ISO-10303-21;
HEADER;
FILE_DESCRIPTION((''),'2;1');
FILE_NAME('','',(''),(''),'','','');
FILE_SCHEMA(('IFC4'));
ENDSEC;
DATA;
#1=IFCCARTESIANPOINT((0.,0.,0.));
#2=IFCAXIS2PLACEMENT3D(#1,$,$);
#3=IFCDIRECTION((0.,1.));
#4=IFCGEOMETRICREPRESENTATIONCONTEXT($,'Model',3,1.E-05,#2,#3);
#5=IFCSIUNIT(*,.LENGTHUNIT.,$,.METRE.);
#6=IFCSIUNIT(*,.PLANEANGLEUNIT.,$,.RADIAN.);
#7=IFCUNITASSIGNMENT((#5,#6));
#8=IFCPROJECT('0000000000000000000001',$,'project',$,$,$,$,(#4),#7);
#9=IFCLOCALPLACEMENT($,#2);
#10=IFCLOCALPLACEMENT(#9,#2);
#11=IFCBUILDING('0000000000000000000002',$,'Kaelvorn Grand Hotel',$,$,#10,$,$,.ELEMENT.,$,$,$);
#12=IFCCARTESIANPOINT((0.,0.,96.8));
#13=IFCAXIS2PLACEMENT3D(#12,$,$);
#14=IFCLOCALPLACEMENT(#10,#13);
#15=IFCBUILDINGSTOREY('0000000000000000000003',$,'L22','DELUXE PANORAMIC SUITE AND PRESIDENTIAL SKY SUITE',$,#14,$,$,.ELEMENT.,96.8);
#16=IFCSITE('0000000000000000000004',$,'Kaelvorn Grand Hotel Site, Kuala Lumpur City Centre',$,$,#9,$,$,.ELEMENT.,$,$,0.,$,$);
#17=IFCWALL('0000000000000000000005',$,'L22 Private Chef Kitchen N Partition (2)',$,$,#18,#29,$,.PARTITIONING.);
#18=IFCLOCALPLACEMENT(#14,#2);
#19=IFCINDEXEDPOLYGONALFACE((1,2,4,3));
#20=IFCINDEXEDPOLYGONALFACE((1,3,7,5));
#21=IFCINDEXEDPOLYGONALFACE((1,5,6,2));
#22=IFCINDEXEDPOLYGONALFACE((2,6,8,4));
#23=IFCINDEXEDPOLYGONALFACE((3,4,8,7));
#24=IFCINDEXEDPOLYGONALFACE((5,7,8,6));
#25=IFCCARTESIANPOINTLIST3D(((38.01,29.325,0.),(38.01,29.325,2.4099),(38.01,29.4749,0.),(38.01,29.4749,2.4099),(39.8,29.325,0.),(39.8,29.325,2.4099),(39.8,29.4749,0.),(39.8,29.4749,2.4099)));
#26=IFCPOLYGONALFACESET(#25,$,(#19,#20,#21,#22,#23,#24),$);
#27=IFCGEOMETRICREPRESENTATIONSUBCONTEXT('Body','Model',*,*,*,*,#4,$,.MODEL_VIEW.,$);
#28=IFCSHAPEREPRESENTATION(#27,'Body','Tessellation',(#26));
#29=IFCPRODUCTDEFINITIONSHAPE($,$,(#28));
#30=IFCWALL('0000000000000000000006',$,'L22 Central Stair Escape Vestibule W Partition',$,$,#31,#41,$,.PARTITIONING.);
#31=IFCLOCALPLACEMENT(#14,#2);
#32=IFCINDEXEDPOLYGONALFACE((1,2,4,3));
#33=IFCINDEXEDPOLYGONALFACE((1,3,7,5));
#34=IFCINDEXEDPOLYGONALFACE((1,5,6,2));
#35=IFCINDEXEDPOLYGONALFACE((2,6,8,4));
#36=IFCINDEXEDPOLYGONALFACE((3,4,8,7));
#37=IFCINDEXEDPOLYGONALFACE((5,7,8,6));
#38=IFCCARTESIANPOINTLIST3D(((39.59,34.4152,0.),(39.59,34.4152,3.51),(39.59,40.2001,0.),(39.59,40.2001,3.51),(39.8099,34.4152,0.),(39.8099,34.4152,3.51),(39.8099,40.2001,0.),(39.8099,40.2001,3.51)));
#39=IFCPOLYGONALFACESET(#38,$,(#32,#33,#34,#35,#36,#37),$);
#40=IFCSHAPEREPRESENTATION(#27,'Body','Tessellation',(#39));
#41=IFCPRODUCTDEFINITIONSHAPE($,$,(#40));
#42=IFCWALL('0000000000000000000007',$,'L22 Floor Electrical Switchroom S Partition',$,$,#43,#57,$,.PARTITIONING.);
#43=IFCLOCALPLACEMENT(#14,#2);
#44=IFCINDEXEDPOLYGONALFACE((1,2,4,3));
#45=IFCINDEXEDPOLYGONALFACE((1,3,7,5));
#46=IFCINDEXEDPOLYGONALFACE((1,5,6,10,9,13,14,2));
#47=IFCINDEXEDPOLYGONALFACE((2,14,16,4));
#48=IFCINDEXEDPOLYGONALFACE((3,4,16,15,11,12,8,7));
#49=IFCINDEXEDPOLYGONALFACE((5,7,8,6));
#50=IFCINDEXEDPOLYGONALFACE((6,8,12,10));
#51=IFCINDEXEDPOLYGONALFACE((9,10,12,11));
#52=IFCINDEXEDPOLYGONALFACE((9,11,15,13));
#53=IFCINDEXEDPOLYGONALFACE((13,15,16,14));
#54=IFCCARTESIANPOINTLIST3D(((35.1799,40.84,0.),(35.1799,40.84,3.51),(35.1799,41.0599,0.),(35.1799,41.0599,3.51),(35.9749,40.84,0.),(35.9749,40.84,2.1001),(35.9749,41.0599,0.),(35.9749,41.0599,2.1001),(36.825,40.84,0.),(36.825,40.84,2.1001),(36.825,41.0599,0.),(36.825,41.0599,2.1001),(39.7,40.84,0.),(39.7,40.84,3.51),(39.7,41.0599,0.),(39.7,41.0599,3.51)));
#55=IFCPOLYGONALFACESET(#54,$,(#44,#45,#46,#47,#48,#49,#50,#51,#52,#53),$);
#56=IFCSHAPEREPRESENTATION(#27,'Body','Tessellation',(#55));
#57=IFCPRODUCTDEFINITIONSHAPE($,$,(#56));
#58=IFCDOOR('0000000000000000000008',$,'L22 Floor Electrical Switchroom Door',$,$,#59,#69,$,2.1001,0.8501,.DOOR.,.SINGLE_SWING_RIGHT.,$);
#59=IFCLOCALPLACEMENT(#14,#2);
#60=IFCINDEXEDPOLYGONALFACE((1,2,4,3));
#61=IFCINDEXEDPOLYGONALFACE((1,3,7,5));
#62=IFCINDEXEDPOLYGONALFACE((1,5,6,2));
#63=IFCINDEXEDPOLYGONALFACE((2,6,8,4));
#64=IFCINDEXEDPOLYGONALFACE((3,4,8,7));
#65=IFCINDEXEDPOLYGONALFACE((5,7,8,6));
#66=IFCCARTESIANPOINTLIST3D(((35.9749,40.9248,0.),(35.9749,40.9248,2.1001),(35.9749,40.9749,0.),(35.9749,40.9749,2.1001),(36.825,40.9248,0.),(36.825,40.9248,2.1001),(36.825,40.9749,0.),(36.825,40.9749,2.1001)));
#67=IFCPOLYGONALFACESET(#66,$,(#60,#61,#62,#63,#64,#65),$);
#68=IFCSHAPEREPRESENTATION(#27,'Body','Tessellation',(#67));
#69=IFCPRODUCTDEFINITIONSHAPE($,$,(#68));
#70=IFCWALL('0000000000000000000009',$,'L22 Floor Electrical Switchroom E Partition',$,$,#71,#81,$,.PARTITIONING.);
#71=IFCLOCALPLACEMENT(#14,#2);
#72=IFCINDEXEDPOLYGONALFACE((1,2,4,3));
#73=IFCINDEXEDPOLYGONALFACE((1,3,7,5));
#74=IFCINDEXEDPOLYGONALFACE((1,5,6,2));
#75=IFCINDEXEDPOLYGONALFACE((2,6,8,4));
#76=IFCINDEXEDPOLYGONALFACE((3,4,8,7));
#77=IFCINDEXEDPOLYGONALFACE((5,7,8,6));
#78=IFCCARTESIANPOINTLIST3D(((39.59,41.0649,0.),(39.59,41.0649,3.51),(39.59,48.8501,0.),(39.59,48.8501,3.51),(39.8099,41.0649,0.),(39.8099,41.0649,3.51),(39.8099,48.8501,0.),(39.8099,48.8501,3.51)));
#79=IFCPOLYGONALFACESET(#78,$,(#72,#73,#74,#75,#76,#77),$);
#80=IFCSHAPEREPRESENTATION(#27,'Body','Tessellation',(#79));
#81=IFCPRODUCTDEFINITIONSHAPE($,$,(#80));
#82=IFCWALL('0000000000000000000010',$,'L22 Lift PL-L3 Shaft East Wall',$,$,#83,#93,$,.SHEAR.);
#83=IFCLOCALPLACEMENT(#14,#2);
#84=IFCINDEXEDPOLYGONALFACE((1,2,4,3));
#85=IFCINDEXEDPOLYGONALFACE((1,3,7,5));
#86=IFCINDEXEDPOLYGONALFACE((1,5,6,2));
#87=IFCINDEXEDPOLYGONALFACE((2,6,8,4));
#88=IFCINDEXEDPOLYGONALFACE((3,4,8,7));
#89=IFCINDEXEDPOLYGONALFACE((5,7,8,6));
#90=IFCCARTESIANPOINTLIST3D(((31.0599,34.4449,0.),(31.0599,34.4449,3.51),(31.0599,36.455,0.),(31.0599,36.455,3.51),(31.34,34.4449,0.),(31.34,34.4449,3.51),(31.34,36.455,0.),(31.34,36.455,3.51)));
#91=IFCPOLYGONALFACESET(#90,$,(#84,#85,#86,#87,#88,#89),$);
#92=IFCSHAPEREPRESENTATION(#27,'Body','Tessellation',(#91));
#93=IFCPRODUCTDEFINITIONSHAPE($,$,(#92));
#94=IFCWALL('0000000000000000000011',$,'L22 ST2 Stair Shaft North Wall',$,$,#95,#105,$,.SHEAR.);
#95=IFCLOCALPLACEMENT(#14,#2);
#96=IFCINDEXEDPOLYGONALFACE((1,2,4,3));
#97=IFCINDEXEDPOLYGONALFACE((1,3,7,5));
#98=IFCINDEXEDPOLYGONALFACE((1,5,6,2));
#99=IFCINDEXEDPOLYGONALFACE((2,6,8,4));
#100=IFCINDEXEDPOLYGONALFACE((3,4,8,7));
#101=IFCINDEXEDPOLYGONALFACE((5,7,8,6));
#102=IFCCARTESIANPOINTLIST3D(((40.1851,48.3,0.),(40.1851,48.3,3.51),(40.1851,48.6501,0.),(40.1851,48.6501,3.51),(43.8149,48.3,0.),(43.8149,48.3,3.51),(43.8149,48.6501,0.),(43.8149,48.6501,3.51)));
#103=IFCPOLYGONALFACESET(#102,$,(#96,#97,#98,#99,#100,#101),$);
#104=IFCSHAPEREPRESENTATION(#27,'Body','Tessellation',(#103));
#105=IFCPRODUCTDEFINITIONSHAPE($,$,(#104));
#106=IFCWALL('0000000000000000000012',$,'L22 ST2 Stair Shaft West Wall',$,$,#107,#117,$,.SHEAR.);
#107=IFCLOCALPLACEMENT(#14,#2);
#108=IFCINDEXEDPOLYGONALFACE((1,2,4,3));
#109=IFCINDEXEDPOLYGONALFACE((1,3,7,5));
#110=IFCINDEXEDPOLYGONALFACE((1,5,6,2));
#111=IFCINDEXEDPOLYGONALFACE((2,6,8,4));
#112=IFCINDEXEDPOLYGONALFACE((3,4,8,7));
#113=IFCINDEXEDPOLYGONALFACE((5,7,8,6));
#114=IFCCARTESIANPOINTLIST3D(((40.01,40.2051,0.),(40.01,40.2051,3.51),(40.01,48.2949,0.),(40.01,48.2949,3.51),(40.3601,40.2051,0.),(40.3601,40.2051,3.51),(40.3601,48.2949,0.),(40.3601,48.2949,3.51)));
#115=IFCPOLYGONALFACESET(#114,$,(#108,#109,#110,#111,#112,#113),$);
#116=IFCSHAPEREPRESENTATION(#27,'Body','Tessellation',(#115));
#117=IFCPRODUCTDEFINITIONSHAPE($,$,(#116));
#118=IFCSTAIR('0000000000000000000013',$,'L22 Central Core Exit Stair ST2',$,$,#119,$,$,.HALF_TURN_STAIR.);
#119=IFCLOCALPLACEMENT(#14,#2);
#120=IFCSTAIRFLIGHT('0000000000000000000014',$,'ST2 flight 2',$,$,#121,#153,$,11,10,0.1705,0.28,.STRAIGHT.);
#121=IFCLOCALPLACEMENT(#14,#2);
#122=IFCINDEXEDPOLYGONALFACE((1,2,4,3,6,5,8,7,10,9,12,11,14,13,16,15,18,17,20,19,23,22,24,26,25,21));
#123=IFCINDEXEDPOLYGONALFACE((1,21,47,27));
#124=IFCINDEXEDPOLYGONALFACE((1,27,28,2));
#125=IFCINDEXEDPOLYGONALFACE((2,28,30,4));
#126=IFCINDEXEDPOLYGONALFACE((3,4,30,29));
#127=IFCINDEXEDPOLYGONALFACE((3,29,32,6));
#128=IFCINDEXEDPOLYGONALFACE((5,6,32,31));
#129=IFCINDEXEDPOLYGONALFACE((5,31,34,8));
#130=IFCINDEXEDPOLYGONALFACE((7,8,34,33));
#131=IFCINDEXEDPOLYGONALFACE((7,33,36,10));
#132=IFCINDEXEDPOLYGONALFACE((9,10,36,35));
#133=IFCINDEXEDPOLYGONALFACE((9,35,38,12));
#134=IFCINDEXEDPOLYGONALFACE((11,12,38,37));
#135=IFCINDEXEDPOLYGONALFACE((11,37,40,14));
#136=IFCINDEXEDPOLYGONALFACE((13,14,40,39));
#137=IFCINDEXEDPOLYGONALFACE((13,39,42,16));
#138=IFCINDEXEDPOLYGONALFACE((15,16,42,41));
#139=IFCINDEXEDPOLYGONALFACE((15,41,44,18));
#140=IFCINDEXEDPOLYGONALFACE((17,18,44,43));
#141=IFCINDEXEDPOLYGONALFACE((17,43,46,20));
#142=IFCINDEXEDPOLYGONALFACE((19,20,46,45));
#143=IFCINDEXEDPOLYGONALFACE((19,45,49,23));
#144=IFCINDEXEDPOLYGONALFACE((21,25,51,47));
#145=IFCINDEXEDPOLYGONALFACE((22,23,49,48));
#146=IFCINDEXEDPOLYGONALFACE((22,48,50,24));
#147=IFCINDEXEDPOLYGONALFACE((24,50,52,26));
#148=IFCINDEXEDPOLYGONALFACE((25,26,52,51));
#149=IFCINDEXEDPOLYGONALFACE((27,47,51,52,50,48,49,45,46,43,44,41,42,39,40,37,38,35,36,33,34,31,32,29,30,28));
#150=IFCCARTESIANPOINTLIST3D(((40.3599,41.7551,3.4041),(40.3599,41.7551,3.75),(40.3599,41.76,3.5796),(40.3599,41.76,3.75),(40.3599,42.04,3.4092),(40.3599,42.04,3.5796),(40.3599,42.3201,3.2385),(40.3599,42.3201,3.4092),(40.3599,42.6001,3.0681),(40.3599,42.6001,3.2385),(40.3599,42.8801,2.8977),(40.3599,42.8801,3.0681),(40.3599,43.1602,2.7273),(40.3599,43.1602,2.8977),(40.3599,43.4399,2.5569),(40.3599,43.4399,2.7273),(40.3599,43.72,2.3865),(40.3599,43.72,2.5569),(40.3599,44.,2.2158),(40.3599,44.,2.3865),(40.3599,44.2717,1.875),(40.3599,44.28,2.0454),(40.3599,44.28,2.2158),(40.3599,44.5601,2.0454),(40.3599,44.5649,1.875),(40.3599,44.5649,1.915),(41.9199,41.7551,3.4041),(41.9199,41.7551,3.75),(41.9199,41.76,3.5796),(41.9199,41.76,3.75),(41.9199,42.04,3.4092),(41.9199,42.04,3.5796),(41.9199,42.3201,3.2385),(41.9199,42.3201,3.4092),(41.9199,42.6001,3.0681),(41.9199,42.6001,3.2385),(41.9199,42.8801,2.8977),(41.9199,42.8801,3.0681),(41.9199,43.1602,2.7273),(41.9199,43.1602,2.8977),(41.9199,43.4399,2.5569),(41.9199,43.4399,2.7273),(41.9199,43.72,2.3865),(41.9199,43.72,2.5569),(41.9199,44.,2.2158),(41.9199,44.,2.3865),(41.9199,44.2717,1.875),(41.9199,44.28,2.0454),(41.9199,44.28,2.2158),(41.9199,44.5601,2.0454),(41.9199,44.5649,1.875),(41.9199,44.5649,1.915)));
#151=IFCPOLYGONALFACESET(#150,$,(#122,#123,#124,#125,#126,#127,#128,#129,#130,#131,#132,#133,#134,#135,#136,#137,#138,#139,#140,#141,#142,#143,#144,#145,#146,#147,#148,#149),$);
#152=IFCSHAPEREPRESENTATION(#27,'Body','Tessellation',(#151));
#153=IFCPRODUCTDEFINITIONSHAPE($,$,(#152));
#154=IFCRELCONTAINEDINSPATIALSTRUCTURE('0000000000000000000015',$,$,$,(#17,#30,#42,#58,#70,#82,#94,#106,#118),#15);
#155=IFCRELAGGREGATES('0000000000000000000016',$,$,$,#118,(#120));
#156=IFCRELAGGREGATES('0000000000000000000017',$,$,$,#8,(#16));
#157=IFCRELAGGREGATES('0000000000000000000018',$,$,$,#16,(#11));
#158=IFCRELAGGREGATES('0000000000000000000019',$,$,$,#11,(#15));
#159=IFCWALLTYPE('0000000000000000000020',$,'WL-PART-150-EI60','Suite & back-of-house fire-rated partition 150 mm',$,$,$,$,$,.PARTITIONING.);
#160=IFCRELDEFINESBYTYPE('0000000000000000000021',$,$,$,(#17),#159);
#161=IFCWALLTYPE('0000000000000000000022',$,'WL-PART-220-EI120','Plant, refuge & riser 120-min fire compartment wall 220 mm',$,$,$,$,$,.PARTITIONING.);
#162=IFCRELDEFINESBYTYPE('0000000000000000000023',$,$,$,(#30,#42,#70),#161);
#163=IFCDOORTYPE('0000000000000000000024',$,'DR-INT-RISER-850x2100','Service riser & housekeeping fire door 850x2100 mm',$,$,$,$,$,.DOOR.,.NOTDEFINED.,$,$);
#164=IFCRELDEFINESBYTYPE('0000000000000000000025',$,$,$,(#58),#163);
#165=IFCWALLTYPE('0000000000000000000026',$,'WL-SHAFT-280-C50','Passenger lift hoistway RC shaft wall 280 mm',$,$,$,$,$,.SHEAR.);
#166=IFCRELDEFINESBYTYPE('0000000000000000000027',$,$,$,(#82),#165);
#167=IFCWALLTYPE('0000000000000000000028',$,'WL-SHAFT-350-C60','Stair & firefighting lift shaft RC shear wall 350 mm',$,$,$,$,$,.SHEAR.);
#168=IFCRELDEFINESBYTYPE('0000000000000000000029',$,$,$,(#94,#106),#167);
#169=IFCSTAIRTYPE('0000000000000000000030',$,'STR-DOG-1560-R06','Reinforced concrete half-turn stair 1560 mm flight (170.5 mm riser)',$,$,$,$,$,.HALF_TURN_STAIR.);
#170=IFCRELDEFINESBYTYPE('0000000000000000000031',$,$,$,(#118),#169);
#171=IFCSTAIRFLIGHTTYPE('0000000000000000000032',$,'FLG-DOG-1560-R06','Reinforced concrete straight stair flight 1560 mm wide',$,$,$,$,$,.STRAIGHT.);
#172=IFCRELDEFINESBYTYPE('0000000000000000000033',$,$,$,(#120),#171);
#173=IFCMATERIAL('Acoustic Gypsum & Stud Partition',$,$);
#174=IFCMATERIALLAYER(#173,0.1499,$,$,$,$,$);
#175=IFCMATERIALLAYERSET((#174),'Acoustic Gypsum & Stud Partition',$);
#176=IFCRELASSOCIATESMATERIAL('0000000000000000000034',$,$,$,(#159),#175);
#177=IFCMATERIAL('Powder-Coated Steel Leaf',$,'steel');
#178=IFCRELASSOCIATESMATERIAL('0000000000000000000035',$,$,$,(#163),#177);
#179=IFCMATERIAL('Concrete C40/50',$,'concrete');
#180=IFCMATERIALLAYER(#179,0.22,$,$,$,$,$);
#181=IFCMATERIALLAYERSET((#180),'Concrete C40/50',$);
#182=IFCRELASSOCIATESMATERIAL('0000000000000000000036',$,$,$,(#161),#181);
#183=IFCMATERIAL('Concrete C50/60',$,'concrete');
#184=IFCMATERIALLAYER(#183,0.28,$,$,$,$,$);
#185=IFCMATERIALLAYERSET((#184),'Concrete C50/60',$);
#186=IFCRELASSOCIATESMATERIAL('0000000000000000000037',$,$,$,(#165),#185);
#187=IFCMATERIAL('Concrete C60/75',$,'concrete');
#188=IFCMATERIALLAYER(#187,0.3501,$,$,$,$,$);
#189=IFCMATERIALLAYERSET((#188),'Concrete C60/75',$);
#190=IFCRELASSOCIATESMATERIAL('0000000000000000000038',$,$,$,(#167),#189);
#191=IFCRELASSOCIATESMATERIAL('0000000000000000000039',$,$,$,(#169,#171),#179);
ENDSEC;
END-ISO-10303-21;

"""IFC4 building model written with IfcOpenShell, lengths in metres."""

from ifc_helpers import new_model, si_unit, direction, frame, frame_2d, origin, place, context, subcontext, project, spatial, polyline, rectangle, outline, extrude, material, layer, layer_set, type_object, element, fill, aggregate, save


model = new_model("IFC4")

# Units and contexts
model_context = context("Model", 3, precision=1e-05, world=origin(), true_north=direction((0.0, 1.0)))
body_context = subcontext(model_context, "Body", "Model", "MODEL_VIEW")
ifc_project = project(units=[si_unit("LENGTHUNIT", "METRE"), si_unit("PLANEANGLEUNIT", "RADIAN")], contexts=[model_context])

# Site, building, storey
site_placement = place(None, origin())
site = spatial("IfcSite", under=ifc_project, at=site_placement, Name="Kaelvorn Grand Hotel Site, Kuala Lumpur City Centre", CompositionType="ELEMENT", RefElevation=0.0)
building_placement = place(site_placement, origin())
building = spatial("IfcBuilding", under=site, at=building_placement, Name="Kaelvorn Grand Hotel", CompositionType="ELEMENT")
storey_placement = place(building_placement, frame((0.0, 0.0, 96.8)))
storey = spatial("IfcBuildingStorey", under=building, at=storey_placement, Name="L22", Description="DELUXE PANORAMIC SUITE AND PRESIDENTIAL SKY SUITE", CompositionType="ELEMENT", Elevation=96.8)

# Shared definitions
ifc_material_1 = material(Name="Concrete C60/75", Category="concrete")

# Shared definitions
ifc_material_2 = material(Name="Acoustic Gypsum & Stud Partition")
ifc_layer_1 = layer(ifc_material_2, 0.1499)
ifc_layer_set_1 = layer_set([ifc_layer_1], Name="Acoustic Gypsum & Stud Partition")
wall_type_1 = type_object("IfcWallType", Name="WL-PART-150-EI60", Description="Suite & back-of-house fire-rated partition 150 mm", PredefinedType="PARTITIONING", material=ifc_layer_set_1)
ifc_material_3 = material(Name="Powder-Coated Steel Leaf", Category="steel")
door_type_1 = type_object("IfcDoorType", Name="DR-INT-RISER-850x2100", Description="Service riser & housekeeping fire door 850x2100 mm", OperationType="NOTDEFINED", PredefinedType="DOOR", material=ifc_material_3)

# Wall
wall_1_placement = place(storey_placement, frame((38.01, 29.3999, 0.0), z_axis=(0.0, 0.0, 1.0), x_axis=(1.0, 0.0, 0.0)))
element("IfcWall", 1, at=wall_1_placement, inside=storey, type_object=wall_type_1, Name="L22 Private Chef Kitchen N Partition (2)", PredefinedType="PARTITIONING", context=body_context, shape_type="SweptSolid", body=[
    extrude(rectangle(XDim=1.79, YDim=0.1499, at=frame_2d((0.895, 0.0))), origin(), (0.0, 0.0, 1.0), 2.4099),
])

# Shared definitions
ifc_material_4 = material(Name="Concrete C40/50", Category="concrete")
ifc_layer_2 = layer(ifc_material_4, 0.22)
ifc_layer_set_2 = layer_set([ifc_layer_2], Name="Concrete C40/50")
wall_type_2 = type_object("IfcWallType", Name="WL-PART-220-EI120", Description="Plant, refuge & riser 120-min fire compartment wall 220 mm", PredefinedType="PARTITIONING", material=ifc_layer_set_2)

# Wall
wall_2_placement = place(storey_placement, frame((39.7, 34.415, 0.0), z_axis=(0.0, 0.0, 1.0), x_axis=(0.0, 1.0, 0.0)))
element("IfcWall", 2, at=wall_2_placement, inside=storey, type_object=wall_type_2, Name="L22 Central Stair Escape Vestibule W Partition", PredefinedType="PARTITIONING", context=body_context, shape_type="SweptSolid", body=[
    extrude(rectangle(XDim=5.7849, YDim=0.22, at=frame_2d((2.8926, 0.0))), origin(), (0.0, 0.0, 1.0), 3.51),
])

# Wall, opening, door
wall_3_placement = place(storey_placement, frame((35.1799, 40.95, 0.0), z_axis=(0.0, 0.0, 1.0), x_axis=(1.0, 0.0, 0.0)))
wall_3 = element("IfcWall", 3, at=wall_3_placement, inside=storey, type_object=wall_type_2, Name="L22 Floor Electrical Switchroom S Partition", PredefinedType="PARTITIONING", context=body_context, shape_type="SweptSolid", body=[
    extrude(rectangle(XDim=4.52, YDim=0.22, at=frame_2d((2.26, 0.0))), origin(), (0.0, 0.0, 1.0), 3.51),
])
opening_1_placement = place(wall_3_placement, frame((0.7949, 0.0, 0.0)))
opening_1 = element("IfcOpeningElement", 4, at=opening_1_placement, cuts=wall_3, PredefinedType="OPENING", context=body_context, shape_type="SweptSolid", body=[
    extrude(rectangle(XDim=0.8501, YDim=2.1001, at=frame_2d((0.425, 1.05))), frame((0.0, 0.1201, 0.0), z_axis=(0.0, -1.0, 0.0), x_axis=(1.0, 0.0, 0.0)), (0.0, 0.0, 1.0), 0.24),
])
door_1_placement = place(opening_1_placement, origin())
door_1 = element("IfcDoor", 5, at=door_1_placement, inside=storey, type_object=door_type_1, Name="L22 Floor Electrical Switchroom Door", OperationType="SINGLE_SWING_RIGHT", OverallHeight=2.1001, OverallWidth=0.8501, PredefinedType="DOOR", context=body_context, shape_type="SweptSolid", body=[
    extrude(rectangle(XDim=0.8501, YDim=2.1001, at=frame_2d((0.425, 1.05))), frame((0.0, 0.0249, 0.0), z_axis=(0.0, -1.0, 0.0), x_axis=(1.0, 0.0, 0.0)), (0.0, 0.0, 1.0), 0.05),
])
fill(opening_1, door_1)

# Walls
wall_4_placement = place(storey_placement, frame((39.7, 41.0649, 0.0), z_axis=(0.0, 0.0, 1.0), x_axis=(0.0, 1.0, 0.0)))
element("IfcWall", 6, at=wall_4_placement, inside=storey, type_object=wall_type_2, Name="L22 Floor Electrical Switchroom E Partition", PredefinedType="PARTITIONING", context=body_context, shape_type="SweptSolid", body=[
    extrude(rectangle(XDim=7.7852, YDim=0.22, at=frame_2d((3.8926, 0.0))), origin(), (0.0, 0.0, 1.0), 3.51),
])
ifc_material_5 = material(Name="Concrete C50/60", Category="concrete")
ifc_layer_3 = layer(ifc_material_5, 0.28)
ifc_layer_set_3 = layer_set([ifc_layer_3], Name="Concrete C50/60")
wall_type_3 = type_object("IfcWallType", Name="WL-SHAFT-280-C50", Description="Passenger lift hoistway RC shaft wall 280 mm", PredefinedType="SHEAR", material=ifc_layer_set_3)
wall_5_placement = place(storey_placement, frame((31.2, 34.4451, 0.0), z_axis=(0.0, 0.0, 1.0), x_axis=(0.0, 1.0, 0.0)))
element("IfcWall", 7, at=wall_5_placement, inside=storey, type_object=wall_type_3, Name="L22 Lift PL-L3 Shaft East Wall", PredefinedType="SHEAR", context=body_context, shape_type="SweptSolid", body=[
    extrude(rectangle(XDim=2.01, YDim=0.28, at=frame_2d((1.0049, 0.0))), origin(), (0.0, 0.0, 1.0), 3.51),
])

# Shared definitions
ifc_layer_4 = layer(ifc_material_1, 0.3501)
ifc_layer_set_4 = layer_set([ifc_layer_4], Name="Concrete C60/75")
wall_type_4 = type_object("IfcWallType", Name="WL-SHAFT-350-C60", Description="Stair & firefighting lift shaft RC shear wall 350 mm", PredefinedType="SHEAR", material=ifc_layer_set_4)

# Walls
wall_6_placement = place(storey_placement, frame((40.1851, 48.4751, 0.0), z_axis=(0.0, 0.0, 1.0), x_axis=(1.0, 0.0, 0.0)))
element("IfcWall", 8, at=wall_6_placement, inside=storey, type_object=wall_type_4, Name="L22 ST2 Stair Shaft North Wall", PredefinedType="SHEAR", context=body_context, shape_type="SweptSolid", body=[
    extrude(rectangle(XDim=3.6299, YDim=0.3501, at=frame_2d((1.8149, 0.0))), origin(), (0.0, 0.0, 1.0), 3.51),
])
wall_7_placement = place(storey_placement, frame((40.1851, 40.2051, 0.0), z_axis=(0.0, 0.0, 1.0), x_axis=(0.0, 1.0, 0.0)))
element("IfcWall", 9, at=wall_7_placement, inside=storey, type_object=wall_type_4, Name="L22 ST2 Stair Shaft West Wall", PredefinedType="SHEAR", context=body_context, shape_type="SweptSolid", body=[
    extrude(rectangle(XDim=8.0898, YDim=0.3501, at=frame_2d((4.0449, 0.0))), origin(), (0.0, 0.0, 1.0), 3.51),
])

# Stair, stair flight
stair_type = type_object("IfcStairType", Name="STR-DOG-1560-R06", Description="Reinforced concrete half-turn stair 1560 mm flight (170.5 mm riser)", PredefinedType="HALF_TURN_STAIR", material=ifc_material_4)
stair_placement = place(storey_placement, origin())
stair = element("IfcStair", 10, at=stair_placement, inside=storey, type_object=stair_type, Name="L22 Central Core Exit Stair ST2", PredefinedType="HALF_TURN_STAIR")
stair_flight_type = type_object("IfcStairFlightType", Name="FLG-DOG-1560-R06", Description="Reinforced concrete straight stair flight 1560 mm wide", PredefinedType="STRAIGHT", material=ifc_material_4)
stair_flight_placement = place(storey_placement, frame((41.1399, 44.5601, 1.875), z_axis=(0.0, 0.0, 1.0), x_axis=(0.0, -1.0, 0.0)))
stair_flight = element("IfcStairFlight", 11, at=stair_flight_placement, type_object=stair_flight_type, Name="ST2 flight 2", NumberOfRisers=11, NumberOfTreads=10, PredefinedType="STRAIGHT", RiserHeight=0.1705, TreadLength=0.28, context=body_context, shape_type="SweptSolid", body=[
    extrude(outline(polyline([(-0.0049, 0.0), (-0.0049, 0.04), (0.0, 0.1704), (0.28, 0.1704), (0.28, 0.3408), (0.5601, 0.3408), (0.5601, 0.5115), (0.8401, 0.5115), (0.8401, 0.6819), (1.1201, 0.6819), (1.1201, 0.8523), (1.3999, 0.8523), (1.3999, 1.0227), (1.6799, 1.0227), (1.6799, 1.1931), (1.96, 1.1931), (1.96, 1.3635), (2.24, 1.3635), (2.24, 1.5342), (2.52, 1.5342), (2.52, 1.7046), (2.8, 1.7046), (2.8, 1.875), (2.8049, 1.875), (2.8049, 1.5291), (0.2883, 0.0), (-0.0049, 0.0)])), frame((0.0, 0.78, 0.0), z_axis=(0.0, -1.0, 0.0), x_axis=(1.0, 0.0, 0.0)), (0.0, 0.0, 1.0), 1.5601),
])
aggregate(stair, [stair_flight])

save(model, "model.ifc")
